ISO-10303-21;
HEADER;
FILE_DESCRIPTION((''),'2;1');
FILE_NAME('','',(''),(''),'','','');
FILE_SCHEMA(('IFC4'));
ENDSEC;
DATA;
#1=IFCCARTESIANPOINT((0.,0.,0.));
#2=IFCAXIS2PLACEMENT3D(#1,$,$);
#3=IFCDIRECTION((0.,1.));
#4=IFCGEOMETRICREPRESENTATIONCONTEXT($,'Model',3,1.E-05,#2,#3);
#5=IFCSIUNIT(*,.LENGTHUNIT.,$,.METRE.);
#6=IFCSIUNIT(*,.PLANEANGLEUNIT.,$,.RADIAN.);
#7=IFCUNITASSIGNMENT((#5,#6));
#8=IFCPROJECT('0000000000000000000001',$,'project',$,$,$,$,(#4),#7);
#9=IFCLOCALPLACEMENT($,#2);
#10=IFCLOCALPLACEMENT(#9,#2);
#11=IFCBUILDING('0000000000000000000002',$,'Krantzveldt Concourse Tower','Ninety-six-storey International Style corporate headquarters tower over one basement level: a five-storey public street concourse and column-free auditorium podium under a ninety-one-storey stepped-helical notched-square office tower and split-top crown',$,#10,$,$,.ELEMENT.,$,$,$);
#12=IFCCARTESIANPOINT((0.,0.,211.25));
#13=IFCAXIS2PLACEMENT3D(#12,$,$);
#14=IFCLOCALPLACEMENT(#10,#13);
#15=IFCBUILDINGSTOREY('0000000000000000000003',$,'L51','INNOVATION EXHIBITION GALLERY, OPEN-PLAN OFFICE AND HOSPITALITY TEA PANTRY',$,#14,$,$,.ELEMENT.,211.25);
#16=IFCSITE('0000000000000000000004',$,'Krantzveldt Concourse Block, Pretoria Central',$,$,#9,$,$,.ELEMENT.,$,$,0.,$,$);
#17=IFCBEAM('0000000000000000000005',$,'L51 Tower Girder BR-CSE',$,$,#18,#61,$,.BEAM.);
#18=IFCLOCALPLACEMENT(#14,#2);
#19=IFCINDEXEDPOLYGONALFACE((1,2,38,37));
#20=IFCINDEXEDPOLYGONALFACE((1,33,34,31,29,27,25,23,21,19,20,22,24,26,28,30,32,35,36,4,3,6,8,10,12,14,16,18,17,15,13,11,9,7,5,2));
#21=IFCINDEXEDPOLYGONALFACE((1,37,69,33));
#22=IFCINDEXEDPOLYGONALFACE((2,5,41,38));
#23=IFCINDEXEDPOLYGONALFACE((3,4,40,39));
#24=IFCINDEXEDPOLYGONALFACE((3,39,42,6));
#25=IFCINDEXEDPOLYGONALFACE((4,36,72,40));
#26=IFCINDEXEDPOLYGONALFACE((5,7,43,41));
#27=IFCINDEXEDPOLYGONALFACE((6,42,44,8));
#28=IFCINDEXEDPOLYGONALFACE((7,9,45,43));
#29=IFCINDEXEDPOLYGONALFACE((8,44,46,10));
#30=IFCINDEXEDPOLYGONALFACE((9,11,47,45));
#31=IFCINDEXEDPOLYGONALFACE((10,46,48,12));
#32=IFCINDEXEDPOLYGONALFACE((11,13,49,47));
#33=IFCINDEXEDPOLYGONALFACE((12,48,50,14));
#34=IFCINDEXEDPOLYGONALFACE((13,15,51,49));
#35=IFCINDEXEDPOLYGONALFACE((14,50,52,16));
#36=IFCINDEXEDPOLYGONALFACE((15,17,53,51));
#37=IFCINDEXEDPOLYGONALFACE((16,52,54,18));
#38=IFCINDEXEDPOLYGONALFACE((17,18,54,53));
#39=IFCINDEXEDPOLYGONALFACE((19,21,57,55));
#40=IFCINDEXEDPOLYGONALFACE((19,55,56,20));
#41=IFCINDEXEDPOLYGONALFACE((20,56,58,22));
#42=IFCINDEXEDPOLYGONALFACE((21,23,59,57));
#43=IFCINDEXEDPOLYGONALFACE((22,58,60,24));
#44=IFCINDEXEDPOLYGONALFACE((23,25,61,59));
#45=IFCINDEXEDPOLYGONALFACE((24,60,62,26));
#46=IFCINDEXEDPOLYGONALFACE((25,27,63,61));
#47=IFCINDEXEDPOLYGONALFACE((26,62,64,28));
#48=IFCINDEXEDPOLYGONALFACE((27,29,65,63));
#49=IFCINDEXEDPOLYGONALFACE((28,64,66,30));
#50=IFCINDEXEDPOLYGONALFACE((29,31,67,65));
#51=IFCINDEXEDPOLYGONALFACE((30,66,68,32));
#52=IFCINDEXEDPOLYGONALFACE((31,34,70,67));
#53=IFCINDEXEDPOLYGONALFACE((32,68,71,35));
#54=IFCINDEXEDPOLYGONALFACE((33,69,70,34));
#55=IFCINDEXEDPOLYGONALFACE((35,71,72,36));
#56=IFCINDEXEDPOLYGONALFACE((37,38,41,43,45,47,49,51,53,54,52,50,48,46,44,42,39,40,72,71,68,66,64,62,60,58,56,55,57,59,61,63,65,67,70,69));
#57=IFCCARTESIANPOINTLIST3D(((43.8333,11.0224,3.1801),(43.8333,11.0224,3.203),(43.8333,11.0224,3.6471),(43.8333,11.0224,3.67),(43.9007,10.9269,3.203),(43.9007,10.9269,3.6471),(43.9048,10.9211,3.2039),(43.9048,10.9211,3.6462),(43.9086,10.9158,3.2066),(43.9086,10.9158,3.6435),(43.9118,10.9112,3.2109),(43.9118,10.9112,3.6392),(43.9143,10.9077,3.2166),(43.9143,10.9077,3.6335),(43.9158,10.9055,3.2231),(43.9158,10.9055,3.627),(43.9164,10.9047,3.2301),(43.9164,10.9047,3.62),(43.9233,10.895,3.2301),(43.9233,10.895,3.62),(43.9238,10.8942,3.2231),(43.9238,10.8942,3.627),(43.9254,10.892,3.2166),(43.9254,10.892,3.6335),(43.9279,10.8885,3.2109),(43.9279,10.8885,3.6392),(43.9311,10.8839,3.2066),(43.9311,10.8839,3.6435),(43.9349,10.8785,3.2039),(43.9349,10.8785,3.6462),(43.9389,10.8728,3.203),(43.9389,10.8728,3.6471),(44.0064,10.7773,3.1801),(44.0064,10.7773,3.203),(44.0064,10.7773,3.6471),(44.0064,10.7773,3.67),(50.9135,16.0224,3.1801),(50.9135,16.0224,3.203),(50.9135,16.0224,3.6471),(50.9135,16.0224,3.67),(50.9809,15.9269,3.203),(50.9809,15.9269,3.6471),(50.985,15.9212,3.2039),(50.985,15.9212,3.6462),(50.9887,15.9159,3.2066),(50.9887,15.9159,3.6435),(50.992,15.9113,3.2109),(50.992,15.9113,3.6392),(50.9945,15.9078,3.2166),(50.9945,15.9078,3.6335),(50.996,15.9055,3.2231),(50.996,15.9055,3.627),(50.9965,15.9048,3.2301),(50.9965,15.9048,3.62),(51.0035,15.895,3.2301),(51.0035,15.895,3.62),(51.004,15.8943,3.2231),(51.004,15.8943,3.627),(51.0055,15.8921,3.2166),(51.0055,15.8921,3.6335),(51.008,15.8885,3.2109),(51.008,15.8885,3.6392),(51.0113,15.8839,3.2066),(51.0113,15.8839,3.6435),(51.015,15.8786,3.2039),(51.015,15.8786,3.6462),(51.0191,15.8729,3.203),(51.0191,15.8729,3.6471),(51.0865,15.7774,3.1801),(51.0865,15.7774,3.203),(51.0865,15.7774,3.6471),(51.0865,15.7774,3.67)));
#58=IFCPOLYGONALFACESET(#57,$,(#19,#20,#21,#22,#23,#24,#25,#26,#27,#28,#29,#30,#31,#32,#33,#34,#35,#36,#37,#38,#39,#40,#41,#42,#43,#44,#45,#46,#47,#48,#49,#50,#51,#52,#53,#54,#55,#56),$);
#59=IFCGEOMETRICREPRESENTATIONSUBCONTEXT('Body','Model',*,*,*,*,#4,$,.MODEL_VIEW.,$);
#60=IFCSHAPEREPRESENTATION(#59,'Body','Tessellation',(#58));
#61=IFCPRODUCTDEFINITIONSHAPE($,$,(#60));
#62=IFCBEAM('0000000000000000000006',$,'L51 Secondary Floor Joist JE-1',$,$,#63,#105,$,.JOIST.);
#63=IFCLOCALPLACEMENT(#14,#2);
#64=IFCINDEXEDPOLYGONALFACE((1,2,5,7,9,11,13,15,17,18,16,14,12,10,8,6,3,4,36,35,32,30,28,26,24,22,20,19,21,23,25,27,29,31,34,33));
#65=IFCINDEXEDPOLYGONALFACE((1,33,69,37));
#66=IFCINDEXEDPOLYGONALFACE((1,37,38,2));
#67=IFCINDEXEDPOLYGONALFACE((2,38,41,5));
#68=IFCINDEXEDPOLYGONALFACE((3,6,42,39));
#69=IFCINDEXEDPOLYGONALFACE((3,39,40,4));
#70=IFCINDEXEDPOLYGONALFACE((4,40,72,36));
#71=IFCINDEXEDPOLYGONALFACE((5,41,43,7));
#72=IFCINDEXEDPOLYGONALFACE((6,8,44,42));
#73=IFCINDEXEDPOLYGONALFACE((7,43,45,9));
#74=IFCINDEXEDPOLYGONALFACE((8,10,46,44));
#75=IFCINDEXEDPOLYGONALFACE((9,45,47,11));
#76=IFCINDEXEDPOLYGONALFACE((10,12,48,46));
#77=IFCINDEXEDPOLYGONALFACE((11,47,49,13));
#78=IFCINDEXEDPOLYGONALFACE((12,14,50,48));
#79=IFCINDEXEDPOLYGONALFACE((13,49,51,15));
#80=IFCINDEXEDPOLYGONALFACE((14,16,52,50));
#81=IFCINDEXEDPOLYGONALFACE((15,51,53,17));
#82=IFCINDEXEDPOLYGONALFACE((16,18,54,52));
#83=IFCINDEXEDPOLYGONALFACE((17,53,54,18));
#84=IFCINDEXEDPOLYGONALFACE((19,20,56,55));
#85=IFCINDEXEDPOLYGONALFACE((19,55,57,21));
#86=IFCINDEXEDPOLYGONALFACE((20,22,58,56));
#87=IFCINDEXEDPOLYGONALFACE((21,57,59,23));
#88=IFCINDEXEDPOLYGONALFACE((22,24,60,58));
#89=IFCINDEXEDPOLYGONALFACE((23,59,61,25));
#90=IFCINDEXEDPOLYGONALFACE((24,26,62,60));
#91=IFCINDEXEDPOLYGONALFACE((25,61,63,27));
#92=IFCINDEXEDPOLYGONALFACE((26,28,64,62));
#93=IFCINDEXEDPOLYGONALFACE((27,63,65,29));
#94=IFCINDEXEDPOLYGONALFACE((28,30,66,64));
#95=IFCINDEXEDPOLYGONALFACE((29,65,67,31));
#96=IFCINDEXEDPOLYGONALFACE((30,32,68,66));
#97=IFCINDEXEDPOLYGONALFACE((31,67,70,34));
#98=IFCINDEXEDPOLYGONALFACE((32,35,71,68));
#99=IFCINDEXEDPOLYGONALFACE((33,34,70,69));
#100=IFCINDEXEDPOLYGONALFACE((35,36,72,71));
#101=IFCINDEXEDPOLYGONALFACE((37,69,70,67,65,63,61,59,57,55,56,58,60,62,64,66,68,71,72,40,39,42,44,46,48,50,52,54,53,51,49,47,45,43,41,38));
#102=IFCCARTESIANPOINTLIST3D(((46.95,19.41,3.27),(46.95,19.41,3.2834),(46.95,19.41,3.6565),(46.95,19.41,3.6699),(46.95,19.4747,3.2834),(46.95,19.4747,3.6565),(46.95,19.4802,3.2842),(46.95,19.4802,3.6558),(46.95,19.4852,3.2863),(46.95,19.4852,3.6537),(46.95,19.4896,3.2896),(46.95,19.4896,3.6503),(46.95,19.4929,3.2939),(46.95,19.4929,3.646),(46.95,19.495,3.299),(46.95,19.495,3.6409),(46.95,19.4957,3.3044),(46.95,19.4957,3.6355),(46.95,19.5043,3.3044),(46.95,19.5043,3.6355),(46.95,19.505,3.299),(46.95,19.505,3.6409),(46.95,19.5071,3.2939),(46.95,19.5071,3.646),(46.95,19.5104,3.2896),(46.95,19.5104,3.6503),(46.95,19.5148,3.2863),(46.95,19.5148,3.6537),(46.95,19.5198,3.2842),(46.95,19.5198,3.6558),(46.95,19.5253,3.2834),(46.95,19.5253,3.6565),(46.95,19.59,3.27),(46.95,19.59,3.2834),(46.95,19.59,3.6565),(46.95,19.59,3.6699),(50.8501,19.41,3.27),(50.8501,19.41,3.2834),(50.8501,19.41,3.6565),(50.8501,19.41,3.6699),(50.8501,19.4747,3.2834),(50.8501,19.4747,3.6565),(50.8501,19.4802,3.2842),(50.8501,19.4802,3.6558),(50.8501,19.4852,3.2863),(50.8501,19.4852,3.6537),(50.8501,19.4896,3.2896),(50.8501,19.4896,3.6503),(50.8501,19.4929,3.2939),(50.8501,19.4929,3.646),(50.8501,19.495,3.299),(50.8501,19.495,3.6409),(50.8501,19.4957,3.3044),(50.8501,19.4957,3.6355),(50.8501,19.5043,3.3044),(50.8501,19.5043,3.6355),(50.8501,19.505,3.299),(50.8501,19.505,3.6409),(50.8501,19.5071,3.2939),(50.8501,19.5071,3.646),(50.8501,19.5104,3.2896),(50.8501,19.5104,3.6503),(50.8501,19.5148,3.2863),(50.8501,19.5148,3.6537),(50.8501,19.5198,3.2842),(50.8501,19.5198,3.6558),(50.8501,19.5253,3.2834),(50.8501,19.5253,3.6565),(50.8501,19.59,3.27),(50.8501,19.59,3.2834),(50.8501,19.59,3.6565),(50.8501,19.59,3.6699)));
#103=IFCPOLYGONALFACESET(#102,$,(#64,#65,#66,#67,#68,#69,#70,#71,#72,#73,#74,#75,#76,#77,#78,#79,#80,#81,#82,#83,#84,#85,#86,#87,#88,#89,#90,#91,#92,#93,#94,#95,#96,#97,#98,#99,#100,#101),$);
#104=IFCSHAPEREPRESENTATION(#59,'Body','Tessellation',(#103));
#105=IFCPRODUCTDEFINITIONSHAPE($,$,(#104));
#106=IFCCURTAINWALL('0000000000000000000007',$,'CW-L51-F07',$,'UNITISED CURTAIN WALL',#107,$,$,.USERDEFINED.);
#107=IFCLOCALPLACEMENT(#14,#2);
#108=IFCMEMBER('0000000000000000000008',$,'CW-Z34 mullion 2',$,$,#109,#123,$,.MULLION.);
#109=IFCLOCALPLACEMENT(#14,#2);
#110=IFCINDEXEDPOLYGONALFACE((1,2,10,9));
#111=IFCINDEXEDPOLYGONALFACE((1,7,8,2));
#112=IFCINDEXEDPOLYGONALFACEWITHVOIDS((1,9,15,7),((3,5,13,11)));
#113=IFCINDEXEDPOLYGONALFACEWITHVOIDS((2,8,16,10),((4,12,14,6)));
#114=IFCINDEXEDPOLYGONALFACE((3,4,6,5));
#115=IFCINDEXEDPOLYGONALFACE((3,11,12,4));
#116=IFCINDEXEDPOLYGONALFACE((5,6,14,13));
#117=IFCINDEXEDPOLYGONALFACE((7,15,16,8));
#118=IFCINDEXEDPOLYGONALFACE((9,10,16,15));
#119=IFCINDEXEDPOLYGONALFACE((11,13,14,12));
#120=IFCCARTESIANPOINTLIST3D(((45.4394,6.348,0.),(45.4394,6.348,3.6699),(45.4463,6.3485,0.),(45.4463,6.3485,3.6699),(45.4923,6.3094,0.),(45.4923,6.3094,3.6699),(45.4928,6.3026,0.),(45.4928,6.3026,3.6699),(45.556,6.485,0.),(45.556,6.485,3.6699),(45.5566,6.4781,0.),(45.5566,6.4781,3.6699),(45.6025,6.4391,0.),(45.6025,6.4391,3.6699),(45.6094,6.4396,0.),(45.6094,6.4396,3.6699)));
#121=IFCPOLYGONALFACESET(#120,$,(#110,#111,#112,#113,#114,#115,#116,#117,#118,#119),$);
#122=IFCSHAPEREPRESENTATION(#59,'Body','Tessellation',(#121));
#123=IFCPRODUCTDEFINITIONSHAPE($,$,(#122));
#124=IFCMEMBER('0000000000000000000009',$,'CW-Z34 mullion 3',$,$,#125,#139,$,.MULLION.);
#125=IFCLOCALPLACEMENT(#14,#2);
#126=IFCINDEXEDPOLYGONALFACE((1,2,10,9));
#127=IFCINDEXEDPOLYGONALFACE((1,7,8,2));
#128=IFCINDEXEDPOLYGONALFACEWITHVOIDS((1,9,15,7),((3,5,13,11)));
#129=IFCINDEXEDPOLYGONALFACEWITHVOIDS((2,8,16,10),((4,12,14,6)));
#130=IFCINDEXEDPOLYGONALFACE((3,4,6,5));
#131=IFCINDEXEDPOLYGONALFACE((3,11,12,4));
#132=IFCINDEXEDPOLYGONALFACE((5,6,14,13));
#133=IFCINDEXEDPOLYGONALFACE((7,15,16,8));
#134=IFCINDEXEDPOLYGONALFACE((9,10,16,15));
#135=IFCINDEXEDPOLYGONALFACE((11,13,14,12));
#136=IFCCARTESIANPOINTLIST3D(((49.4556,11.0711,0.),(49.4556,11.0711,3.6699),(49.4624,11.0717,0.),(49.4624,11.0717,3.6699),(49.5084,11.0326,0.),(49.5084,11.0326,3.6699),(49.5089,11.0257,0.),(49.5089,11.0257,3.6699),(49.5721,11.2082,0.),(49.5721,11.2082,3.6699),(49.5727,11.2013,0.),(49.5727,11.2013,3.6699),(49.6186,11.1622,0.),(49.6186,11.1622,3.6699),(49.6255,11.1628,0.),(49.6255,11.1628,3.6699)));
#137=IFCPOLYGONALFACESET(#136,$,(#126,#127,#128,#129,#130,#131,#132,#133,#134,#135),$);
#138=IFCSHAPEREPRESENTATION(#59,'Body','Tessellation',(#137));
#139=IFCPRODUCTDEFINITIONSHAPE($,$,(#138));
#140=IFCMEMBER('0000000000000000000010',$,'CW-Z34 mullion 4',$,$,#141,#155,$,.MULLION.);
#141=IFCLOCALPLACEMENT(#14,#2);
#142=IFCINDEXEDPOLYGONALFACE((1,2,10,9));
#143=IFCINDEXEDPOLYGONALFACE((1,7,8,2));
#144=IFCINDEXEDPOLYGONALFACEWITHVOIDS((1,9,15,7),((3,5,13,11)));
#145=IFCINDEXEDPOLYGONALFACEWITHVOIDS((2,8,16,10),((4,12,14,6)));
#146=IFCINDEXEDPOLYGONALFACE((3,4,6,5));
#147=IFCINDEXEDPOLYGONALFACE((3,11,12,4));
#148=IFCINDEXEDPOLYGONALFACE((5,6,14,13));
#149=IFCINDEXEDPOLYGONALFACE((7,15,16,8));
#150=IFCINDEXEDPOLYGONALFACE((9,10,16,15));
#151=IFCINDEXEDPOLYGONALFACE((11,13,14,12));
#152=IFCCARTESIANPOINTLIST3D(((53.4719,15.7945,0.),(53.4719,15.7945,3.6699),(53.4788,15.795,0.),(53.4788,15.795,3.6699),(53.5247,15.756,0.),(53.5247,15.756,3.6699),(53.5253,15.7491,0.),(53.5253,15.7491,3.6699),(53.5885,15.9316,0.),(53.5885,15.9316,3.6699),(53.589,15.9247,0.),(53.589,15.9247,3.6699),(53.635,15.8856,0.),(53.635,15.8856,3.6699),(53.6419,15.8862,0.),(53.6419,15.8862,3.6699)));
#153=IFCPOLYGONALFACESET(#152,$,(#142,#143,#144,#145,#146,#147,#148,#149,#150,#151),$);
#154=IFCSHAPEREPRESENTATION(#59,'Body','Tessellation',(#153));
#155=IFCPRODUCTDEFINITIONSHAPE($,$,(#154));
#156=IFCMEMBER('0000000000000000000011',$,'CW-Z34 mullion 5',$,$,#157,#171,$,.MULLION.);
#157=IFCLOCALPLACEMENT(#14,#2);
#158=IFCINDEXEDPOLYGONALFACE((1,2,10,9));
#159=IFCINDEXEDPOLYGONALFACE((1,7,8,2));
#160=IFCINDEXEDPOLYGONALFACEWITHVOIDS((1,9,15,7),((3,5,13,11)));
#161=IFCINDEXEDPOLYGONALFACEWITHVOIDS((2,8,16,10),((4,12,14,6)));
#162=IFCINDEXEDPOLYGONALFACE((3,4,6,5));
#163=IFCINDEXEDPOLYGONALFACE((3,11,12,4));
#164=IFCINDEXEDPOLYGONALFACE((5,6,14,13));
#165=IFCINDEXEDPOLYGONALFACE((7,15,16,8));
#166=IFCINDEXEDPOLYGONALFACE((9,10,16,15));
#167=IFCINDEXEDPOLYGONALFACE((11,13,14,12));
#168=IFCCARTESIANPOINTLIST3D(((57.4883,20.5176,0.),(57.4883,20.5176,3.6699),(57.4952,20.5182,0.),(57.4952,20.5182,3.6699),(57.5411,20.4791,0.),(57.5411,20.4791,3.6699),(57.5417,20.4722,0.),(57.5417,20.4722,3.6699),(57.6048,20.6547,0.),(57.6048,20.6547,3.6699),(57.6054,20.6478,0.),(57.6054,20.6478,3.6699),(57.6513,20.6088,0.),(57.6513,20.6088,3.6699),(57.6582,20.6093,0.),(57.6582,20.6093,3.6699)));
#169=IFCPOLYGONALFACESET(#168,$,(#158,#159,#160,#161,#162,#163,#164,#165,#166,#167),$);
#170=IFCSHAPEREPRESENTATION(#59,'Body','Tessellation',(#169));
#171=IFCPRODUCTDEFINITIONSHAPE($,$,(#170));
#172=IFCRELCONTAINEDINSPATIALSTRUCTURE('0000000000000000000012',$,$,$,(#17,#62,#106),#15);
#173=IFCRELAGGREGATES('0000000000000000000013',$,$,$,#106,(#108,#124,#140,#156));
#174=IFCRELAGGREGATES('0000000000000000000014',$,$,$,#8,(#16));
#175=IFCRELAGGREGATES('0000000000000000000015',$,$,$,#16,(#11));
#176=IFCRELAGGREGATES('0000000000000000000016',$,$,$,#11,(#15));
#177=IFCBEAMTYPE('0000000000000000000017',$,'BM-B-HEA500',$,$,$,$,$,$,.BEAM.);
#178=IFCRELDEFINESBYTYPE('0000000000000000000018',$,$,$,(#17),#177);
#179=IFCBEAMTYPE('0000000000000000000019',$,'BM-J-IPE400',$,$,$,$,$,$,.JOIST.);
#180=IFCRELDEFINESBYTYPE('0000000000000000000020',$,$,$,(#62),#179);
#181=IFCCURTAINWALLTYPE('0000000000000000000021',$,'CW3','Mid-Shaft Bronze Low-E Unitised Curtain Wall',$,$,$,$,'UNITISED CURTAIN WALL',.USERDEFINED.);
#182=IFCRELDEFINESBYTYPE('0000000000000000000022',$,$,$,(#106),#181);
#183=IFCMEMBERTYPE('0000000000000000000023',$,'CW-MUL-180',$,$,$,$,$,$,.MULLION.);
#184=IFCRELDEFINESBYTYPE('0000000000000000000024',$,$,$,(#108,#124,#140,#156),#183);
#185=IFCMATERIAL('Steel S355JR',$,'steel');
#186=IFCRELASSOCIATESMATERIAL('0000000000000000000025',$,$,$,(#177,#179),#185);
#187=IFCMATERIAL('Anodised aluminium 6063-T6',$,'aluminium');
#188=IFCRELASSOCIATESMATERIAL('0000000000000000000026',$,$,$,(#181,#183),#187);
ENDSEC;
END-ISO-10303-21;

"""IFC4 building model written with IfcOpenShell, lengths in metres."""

from ifc_helpers import new_model, si_unit, direction, frame, origin, origin_2d, place, context, subcontext, project, spatial, hollow_rectangle, i_section, extrude, source, transform, mapped, material, material_profile, profile_set, type_object, type_shapes, element, aggregate, save


model = new_model("IFC4")

# Units and contexts
model_context = context("Model", 3, precision=1e-05, world=origin(), true_north=direction((0.0, 1.0)))
body_context = subcontext(model_context, "Body", "Model", "MODEL_VIEW")
ifc_project = project(units=[si_unit("LENGTHUNIT", "METRE"), si_unit("PLANEANGLEUNIT", "RADIAN")], contexts=[model_context])

# Site, building, storey
site_placement = place(None, origin())
site = spatial("IfcSite", under=ifc_project, at=site_placement, Name="Krantzveldt Concourse Block, Pretoria Central", CompositionType="ELEMENT", RefElevation=0.0)
building_placement = place(site_placement, origin())
building = spatial("IfcBuilding", under=site, at=building_placement, Name="Krantzveldt Concourse Tower", Description="Ninety-six-storey International Style corporate headquarters tower over one basement level: a five-storey public street concourse and column-free auditorium podium under a ninety-one-storey stepped-helical notched-square office tower and split-top crown", CompositionType="ELEMENT")
storey_placement = place(building_placement, frame((0.0, 0.0, 211.25)))
storey = spatial("IfcBuildingStorey", under=building, at=storey_placement, Name="L51", Description="INNOVATION EXHIBITION GALLERY, OPEN-PLAN OFFICE AND HOSPITALITY TEA PANTRY", CompositionType="ELEMENT", Elevation=211.25)

# Beams
ifc_material_1 = material(Name="Steel S355JR", Category="steel")
ifc_material_profile_1 = material_profile(ifc_material_1, i_section(OverallWidth=0.3, OverallDepth=0.49, WebThickness=0.012, FlangeThickness=0.0229, FilletRadius=0.0271, at=origin_2d()), Name="Steel S355JR", Category="steel")
ifc_profile_set_1 = profile_set([ifc_material_profile_1], Name="Steel S355JR - HEA 500")
beam_type_1 = type_object("IfcBeamType", Name="BM-B-HEA500", PredefinedType="BEAM", material=ifc_profile_set_1)
shared_shape_1 = source(origin(), body_context, "Body", "SweptSolid", [
    extrude(i_section(OverallWidth=0.3, OverallDepth=0.49, WebThickness=0.012, FlangeThickness=0.0229, FilletRadius=0.0271, at=origin_2d()), origin(), (0.0, 0.0, 1.0), 8.6677),
])
beam_1_placement = place(storey_placement, frame((51.0, 15.8999, 3.425), z_axis=(-0.816843, -0.57686, 0.0), x_axis=(0.57686, -0.816843, 0.0)))
element("IfcBeam", 1, at=beam_1_placement, inside=storey, type_object=beam_type_1, Name="L51 Tower Girder BR-CSE", PredefinedType="BEAM", context=body_context, shape_type="MappedRepresentation", body=[
    mapped(shared_shape_1, transform((0.0, 0.0, 0.0), x_axis=(1.0, 0.0, 0.0), y_axis=(0.0, 1.0, 0.0), z_axis=(0.0, 0.0, 1.0), scale=1.0)),
])
ifc_material_profile_2 = material_profile(ifc_material_1, i_section(OverallWidth=0.1799, OverallDepth=0.3999, WebThickness=0.0085, FlangeThickness=0.0134, FilletRadius=0.021, at=origin_2d()), Name="Steel S355JR", Category="steel")
ifc_profile_set_2 = profile_set([ifc_material_profile_2], Name="Steel S355JR - IPE 400")
beam_type_2 = type_object("IfcBeamType", Name="BM-J-IPE400", PredefinedType="JOIST", material=ifc_profile_set_2)
shared_shape_2 = source(origin(), body_context, "Body", "SweptSolid", [
    extrude(i_section(OverallWidth=0.1799, OverallDepth=0.3999, WebThickness=0.0085, FlangeThickness=0.0134, FilletRadius=0.021, at=origin_2d()), origin(), (0.0, 0.0, 1.0), 3.9001),
])
type_shapes(beam_type_2, [shared_shape_2])
beam_2_placement = place(storey_placement, frame((46.95, 19.5, 3.47), z_axis=(1.0, 0.0, 0.0), x_axis=(0.0, 1.0, 0.0)))
element("IfcBeam", 2, at=beam_2_placement, inside=storey, type_object=beam_type_2, Name="L51 Secondary Floor Joist JE-1", PredefinedType="JOIST", context=body_context, shape_type="MappedRepresentation", body=[
    mapped(shared_shape_2, transform((0.0, 0.0, 0.0), x_axis=(1.0, 0.0, 0.0), y_axis=(0.0, 1.0, 0.0), z_axis=(0.0, 0.0, 1.0), scale=1.0)),
])

# Curtain wall, members
ifc_material_2 = material(Name="Anodised aluminium 6063-T6", Category="aluminium")
curtain_wall_type = type_object("IfcCurtainWallType", Name="CW3", Description="Mid-Shaft Bronze Low-E Unitised Curtain Wall", ElementType="UNITISED CURTAIN WALL", PredefinedType="USERDEFINED", material=ifc_material_2)
curtain_wall_placement = place(storey_placement, origin())
curtain_wall = element("IfcCurtainWall", 3, at=curtain_wall_placement, inside=storey, type_object=curtain_wall_type, Name="CW-L51-F07", ObjectType="UNITISED CURTAIN WALL", PredefinedType="USERDEFINED")
ifc_material_profile_3 = material_profile(ifc_material_2, hollow_rectangle(XDim=0.0701, YDim=0.1799, WallThickness=0.0049, at=origin_2d()), Name="Anodised aluminium 6063-T6", Category="aluminium")
ifc_profile_set_3 = profile_set([ifc_material_profile_3], Name="Anodised aluminium 6063-T6 - ALU-MULL 180x70x5")
member_type_1 = type_object("IfcMemberType", Name="CW-MUL-180", PredefinedType="MULLION", material=ifc_profile_set_3)
shared_shape_3 = source(origin(), body_context, "Body", "SweptSolid", [
    extrude(hollow_rectangle(XDim=0.0701, YDim=0.1799, WallThickness=0.0049, at=origin_2d()), origin(), (0.0, 0.0, 1.0), 3.6699),
])
type_shapes(member_type_1, [shared_shape_3])
member_1_placement = place(storey_placement, frame((45.5244, 6.3938, 0.0), z_axis=(0.0, 0.0, 1.0), x_axis=(-0.761821, 0.647788, 0.0)))
member_1 = element("IfcMember", 4, at=member_1_placement, type_object=member_type_1, Name="CW-Z34 mullion 2", PredefinedType="MULLION", context=body_context, shape_type="MappedRepresentation", body=[
    mapped(shared_shape_3, transform((0.0, 0.0, 0.0), x_axis=(1.0, 0.0, 0.0), y_axis=(0.0, 1.0, 0.0), z_axis=(0.0, 0.0, 1.0), scale=1.0)),
])
member_2_placement = place(storey_placement, frame((49.5405, 11.1169, 0.0), z_axis=(0.0, 0.0, 1.0), x_axis=(-0.761821, 0.647788, 0.0)))
member_2 = element("IfcMember", 5, at=member_2_placement, type_object=member_type_1, Name="CW-Z34 mullion 3", PredefinedType="MULLION", context=body_context, shape_type="MappedRepresentation", body=[
    mapped(shared_shape_3, transform((0.0, 0.0, 0.0), x_axis=(1.0, 0.0, 0.0), y_axis=(0.0, 1.0, 0.0), z_axis=(0.0, 0.0, 1.0), scale=1.0)),
])
member_3_placement = place(storey_placement, frame((53.5569, 15.8403, 0.0), z_axis=(0.0, 0.0, 1.0), x_axis=(-0.761821, 0.647788, 0.0)))
member_3 = element("IfcMember", 6, at=member_3_placement, type_object=member_type_1, Name="CW-Z34 mullion 4", PredefinedType="MULLION", context=body_context, shape_type="MappedRepresentation", body=[
    mapped(shared_shape_3, transform((0.0, 0.0, 0.0), x_axis=(1.0, 0.0, 0.0), y_axis=(0.0, 1.0, 0.0), z_axis=(0.0, 0.0, 1.0), scale=1.0)),
])
member_4_placement = place(storey_placement, frame((57.5732, 20.5635, 0.0), z_axis=(0.0, 0.0, 1.0), x_axis=(-0.761821, 0.647788, 0.0)))
member_4 = element("IfcMember", 7, at=member_4_placement, type_object=member_type_1, Name="CW-Z34 mullion 5", PredefinedType="MULLION", context=body_context, shape_type="MappedRepresentation", body=[
    mapped(shared_shape_3, transform((0.0, 0.0, 0.0), x_axis=(1.0, 0.0, 0.0), y_axis=(0.0, 1.0, 0.0), z_axis=(0.0, 0.0, 1.0), scale=1.0)),
])
aggregate(curtain_wall, [member_1, member_2, member_3, member_4])

save(model, "model.ifc")
